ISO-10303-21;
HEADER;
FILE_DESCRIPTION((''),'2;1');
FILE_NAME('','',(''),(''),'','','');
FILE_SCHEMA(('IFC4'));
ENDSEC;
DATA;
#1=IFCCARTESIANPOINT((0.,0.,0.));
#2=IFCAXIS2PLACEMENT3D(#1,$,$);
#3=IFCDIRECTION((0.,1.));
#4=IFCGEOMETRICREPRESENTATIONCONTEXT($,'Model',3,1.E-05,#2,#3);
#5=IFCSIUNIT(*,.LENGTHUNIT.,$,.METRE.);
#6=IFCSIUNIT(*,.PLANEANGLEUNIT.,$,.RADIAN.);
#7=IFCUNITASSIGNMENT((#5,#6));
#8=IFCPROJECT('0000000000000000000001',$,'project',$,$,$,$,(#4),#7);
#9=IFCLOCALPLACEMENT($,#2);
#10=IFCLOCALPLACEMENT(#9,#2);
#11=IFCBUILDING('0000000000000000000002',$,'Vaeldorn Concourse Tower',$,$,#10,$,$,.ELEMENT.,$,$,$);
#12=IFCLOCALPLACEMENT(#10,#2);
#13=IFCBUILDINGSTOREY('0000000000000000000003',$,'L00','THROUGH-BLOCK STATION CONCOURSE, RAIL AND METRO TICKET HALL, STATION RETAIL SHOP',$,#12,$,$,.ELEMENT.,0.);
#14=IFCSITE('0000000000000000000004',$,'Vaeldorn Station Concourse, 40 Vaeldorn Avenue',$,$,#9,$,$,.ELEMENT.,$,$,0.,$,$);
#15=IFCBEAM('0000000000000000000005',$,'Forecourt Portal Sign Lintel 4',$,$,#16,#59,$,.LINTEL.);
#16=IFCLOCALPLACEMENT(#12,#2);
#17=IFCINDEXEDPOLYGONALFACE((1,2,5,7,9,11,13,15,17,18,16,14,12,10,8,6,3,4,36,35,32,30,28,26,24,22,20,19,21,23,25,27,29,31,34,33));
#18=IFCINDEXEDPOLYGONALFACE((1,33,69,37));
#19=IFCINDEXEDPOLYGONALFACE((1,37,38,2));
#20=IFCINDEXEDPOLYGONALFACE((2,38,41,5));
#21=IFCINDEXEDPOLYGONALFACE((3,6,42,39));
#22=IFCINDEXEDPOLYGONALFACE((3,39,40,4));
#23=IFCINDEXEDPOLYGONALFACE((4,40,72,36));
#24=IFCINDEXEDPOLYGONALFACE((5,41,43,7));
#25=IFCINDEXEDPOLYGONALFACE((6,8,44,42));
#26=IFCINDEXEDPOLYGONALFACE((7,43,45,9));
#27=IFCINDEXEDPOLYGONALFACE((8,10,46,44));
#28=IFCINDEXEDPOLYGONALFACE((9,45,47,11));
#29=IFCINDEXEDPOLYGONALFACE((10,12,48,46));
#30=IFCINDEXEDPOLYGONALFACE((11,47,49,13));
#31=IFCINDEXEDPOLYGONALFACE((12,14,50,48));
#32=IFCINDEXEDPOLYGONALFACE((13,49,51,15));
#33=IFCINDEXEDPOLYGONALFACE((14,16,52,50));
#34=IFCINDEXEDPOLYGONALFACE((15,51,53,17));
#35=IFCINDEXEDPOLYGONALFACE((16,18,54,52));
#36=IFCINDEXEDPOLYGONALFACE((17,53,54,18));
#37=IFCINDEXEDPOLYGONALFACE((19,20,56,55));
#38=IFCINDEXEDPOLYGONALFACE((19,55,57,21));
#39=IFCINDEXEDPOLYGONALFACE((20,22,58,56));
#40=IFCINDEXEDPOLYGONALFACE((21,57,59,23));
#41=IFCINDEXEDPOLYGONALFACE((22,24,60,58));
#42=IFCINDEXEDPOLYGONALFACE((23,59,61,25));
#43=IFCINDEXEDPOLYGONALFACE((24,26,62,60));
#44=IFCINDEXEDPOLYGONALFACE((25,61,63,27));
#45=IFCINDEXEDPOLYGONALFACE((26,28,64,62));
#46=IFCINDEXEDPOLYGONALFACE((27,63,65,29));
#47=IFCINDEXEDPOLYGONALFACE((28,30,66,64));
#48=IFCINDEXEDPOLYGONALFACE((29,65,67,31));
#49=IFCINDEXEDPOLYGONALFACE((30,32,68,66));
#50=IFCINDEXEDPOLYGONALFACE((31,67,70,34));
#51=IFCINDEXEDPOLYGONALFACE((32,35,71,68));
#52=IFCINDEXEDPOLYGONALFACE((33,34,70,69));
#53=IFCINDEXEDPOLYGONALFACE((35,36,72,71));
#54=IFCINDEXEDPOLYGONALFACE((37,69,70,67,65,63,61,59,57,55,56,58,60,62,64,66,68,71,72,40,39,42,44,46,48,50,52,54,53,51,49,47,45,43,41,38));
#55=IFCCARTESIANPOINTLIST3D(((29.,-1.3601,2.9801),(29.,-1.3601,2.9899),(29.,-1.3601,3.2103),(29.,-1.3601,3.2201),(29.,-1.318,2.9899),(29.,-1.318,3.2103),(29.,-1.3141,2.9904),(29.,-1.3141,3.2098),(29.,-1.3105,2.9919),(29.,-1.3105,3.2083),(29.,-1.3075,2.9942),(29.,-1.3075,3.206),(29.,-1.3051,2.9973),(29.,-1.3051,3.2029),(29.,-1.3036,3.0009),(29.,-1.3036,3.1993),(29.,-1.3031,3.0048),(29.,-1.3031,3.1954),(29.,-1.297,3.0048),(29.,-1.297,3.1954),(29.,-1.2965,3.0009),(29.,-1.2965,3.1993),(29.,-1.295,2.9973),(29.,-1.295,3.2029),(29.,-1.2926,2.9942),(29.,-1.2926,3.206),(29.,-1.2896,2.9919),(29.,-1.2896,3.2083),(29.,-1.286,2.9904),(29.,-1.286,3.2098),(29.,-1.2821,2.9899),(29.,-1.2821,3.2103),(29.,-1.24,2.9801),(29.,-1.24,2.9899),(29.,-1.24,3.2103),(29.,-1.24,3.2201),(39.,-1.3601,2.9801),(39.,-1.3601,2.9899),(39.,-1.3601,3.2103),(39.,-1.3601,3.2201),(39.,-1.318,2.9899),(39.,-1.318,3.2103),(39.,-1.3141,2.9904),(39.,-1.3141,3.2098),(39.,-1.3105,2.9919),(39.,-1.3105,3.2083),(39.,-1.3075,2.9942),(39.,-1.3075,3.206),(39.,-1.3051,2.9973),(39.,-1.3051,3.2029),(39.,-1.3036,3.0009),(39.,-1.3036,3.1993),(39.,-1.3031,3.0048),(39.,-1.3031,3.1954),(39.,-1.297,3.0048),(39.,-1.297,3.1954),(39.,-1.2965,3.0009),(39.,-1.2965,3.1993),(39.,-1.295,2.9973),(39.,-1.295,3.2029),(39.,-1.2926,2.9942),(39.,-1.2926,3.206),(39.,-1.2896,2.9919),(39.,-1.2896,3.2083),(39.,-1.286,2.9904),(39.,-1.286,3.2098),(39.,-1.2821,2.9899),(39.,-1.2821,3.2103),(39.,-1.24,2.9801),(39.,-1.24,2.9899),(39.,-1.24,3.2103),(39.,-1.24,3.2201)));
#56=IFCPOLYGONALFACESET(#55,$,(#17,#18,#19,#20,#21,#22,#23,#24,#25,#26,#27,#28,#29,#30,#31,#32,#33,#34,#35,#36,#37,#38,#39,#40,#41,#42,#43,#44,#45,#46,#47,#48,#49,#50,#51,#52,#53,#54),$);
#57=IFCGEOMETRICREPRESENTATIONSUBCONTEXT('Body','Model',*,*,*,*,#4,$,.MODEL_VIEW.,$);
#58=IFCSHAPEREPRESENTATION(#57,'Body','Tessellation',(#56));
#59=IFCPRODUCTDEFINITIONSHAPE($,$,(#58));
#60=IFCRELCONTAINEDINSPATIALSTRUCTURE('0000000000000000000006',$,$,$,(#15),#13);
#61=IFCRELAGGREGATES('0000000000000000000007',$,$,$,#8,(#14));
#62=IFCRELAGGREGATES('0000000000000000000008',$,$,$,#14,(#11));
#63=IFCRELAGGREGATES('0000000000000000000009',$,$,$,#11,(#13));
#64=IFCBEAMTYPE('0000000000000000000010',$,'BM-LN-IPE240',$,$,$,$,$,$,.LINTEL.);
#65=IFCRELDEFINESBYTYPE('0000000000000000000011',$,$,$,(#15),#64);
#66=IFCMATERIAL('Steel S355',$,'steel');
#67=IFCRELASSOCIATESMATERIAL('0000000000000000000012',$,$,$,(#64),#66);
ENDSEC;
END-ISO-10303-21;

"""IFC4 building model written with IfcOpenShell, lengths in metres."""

from ifc_helpers import new_model, si_unit, direction, frame, origin, origin_2d, place, context, subcontext, project, spatial, i_section, extrude, source, transform, mapped, material, material_profile, profile_set, type_object, element, save


model = new_model("IFC4")

# Units and contexts
model_context = context("Model", 3, precision=1e-05, world=origin(), true_north=direction((0.0, 1.0)))
body_context = subcontext(model_context, "Body", "Model", "MODEL_VIEW")
ifc_project = project(units=[si_unit("LENGTHUNIT", "METRE"), si_unit("PLANEANGLEUNIT", "RADIAN")], contexts=[model_context])

# Site, building, storey
site_placement = place(None, origin())
site = spatial("IfcSite", under=ifc_project, at=site_placement, Name="Vaeldorn Station Concourse, 40 Vaeldorn Avenue", CompositionType="ELEMENT", RefElevation=0.0)
building_placement = place(site_placement, origin())
building = spatial("IfcBuilding", under=site, at=building_placement, Name="Vaeldorn Concourse Tower", CompositionType="ELEMENT")
storey_placement = place(building_placement, origin())
storey = spatial("IfcBuildingStorey", under=building, at=storey_placement, Name="L00", Description="THROUGH-BLOCK STATION CONCOURSE, RAIL AND METRO TICKET HALL, STATION RETAIL SHOP", CompositionType="ELEMENT", Elevation=0.0)

# Shared definitions
ifc_material_1 = material(Name="Steel S355", Category="steel")

# Beam
ifc_material_profile_1 = material_profile(ifc_material_1, i_section(OverallWidth=0.1201, OverallDepth=0.24, WebThickness=0.0061, FlangeThickness=0.0098, FilletRadius=0.0149, at=origin_2d()), Name="IPE 240")
ifc_profile_set_1 = profile_set([ifc_material_profile_1], Name="Steel S355")
beam_type_1 = type_object("IfcBeamType", Name="BM-LN-IPE240", PredefinedType="LINTEL", material=ifc_profile_set_1)
shared_shape_1 = source(origin(), body_context, "Body", "SweptSolid", [
    extrude(i_section(OverallWidth=0.1201, OverallDepth=0.24, WebThickness=0.0061, FlangeThickness=0.0098, FilletRadius=0.0149, at=origin_2d()), origin(), (0.0, 0.0, 1.0), 10.0),
])
beam_1_placement = place(storey_placement, frame((29.0, -1.3, 3.1001), z_axis=(1.0, 0.0, 0.0), x_axis=(0.0, 1.0, 0.0)))
element("IfcBeam", 1, at=beam_1_placement, inside=storey, type_object=beam_type_1, Name="Forecourt Portal Sign Lintel 4", PredefinedType="LINTEL", context=body_context, shape_type="MappedRepresentation", body=[
    mapped(shared_shape_1, transform((0.0, 0.0, 0.0), scale=1.0)),
])

save(model, "model.ifc")
